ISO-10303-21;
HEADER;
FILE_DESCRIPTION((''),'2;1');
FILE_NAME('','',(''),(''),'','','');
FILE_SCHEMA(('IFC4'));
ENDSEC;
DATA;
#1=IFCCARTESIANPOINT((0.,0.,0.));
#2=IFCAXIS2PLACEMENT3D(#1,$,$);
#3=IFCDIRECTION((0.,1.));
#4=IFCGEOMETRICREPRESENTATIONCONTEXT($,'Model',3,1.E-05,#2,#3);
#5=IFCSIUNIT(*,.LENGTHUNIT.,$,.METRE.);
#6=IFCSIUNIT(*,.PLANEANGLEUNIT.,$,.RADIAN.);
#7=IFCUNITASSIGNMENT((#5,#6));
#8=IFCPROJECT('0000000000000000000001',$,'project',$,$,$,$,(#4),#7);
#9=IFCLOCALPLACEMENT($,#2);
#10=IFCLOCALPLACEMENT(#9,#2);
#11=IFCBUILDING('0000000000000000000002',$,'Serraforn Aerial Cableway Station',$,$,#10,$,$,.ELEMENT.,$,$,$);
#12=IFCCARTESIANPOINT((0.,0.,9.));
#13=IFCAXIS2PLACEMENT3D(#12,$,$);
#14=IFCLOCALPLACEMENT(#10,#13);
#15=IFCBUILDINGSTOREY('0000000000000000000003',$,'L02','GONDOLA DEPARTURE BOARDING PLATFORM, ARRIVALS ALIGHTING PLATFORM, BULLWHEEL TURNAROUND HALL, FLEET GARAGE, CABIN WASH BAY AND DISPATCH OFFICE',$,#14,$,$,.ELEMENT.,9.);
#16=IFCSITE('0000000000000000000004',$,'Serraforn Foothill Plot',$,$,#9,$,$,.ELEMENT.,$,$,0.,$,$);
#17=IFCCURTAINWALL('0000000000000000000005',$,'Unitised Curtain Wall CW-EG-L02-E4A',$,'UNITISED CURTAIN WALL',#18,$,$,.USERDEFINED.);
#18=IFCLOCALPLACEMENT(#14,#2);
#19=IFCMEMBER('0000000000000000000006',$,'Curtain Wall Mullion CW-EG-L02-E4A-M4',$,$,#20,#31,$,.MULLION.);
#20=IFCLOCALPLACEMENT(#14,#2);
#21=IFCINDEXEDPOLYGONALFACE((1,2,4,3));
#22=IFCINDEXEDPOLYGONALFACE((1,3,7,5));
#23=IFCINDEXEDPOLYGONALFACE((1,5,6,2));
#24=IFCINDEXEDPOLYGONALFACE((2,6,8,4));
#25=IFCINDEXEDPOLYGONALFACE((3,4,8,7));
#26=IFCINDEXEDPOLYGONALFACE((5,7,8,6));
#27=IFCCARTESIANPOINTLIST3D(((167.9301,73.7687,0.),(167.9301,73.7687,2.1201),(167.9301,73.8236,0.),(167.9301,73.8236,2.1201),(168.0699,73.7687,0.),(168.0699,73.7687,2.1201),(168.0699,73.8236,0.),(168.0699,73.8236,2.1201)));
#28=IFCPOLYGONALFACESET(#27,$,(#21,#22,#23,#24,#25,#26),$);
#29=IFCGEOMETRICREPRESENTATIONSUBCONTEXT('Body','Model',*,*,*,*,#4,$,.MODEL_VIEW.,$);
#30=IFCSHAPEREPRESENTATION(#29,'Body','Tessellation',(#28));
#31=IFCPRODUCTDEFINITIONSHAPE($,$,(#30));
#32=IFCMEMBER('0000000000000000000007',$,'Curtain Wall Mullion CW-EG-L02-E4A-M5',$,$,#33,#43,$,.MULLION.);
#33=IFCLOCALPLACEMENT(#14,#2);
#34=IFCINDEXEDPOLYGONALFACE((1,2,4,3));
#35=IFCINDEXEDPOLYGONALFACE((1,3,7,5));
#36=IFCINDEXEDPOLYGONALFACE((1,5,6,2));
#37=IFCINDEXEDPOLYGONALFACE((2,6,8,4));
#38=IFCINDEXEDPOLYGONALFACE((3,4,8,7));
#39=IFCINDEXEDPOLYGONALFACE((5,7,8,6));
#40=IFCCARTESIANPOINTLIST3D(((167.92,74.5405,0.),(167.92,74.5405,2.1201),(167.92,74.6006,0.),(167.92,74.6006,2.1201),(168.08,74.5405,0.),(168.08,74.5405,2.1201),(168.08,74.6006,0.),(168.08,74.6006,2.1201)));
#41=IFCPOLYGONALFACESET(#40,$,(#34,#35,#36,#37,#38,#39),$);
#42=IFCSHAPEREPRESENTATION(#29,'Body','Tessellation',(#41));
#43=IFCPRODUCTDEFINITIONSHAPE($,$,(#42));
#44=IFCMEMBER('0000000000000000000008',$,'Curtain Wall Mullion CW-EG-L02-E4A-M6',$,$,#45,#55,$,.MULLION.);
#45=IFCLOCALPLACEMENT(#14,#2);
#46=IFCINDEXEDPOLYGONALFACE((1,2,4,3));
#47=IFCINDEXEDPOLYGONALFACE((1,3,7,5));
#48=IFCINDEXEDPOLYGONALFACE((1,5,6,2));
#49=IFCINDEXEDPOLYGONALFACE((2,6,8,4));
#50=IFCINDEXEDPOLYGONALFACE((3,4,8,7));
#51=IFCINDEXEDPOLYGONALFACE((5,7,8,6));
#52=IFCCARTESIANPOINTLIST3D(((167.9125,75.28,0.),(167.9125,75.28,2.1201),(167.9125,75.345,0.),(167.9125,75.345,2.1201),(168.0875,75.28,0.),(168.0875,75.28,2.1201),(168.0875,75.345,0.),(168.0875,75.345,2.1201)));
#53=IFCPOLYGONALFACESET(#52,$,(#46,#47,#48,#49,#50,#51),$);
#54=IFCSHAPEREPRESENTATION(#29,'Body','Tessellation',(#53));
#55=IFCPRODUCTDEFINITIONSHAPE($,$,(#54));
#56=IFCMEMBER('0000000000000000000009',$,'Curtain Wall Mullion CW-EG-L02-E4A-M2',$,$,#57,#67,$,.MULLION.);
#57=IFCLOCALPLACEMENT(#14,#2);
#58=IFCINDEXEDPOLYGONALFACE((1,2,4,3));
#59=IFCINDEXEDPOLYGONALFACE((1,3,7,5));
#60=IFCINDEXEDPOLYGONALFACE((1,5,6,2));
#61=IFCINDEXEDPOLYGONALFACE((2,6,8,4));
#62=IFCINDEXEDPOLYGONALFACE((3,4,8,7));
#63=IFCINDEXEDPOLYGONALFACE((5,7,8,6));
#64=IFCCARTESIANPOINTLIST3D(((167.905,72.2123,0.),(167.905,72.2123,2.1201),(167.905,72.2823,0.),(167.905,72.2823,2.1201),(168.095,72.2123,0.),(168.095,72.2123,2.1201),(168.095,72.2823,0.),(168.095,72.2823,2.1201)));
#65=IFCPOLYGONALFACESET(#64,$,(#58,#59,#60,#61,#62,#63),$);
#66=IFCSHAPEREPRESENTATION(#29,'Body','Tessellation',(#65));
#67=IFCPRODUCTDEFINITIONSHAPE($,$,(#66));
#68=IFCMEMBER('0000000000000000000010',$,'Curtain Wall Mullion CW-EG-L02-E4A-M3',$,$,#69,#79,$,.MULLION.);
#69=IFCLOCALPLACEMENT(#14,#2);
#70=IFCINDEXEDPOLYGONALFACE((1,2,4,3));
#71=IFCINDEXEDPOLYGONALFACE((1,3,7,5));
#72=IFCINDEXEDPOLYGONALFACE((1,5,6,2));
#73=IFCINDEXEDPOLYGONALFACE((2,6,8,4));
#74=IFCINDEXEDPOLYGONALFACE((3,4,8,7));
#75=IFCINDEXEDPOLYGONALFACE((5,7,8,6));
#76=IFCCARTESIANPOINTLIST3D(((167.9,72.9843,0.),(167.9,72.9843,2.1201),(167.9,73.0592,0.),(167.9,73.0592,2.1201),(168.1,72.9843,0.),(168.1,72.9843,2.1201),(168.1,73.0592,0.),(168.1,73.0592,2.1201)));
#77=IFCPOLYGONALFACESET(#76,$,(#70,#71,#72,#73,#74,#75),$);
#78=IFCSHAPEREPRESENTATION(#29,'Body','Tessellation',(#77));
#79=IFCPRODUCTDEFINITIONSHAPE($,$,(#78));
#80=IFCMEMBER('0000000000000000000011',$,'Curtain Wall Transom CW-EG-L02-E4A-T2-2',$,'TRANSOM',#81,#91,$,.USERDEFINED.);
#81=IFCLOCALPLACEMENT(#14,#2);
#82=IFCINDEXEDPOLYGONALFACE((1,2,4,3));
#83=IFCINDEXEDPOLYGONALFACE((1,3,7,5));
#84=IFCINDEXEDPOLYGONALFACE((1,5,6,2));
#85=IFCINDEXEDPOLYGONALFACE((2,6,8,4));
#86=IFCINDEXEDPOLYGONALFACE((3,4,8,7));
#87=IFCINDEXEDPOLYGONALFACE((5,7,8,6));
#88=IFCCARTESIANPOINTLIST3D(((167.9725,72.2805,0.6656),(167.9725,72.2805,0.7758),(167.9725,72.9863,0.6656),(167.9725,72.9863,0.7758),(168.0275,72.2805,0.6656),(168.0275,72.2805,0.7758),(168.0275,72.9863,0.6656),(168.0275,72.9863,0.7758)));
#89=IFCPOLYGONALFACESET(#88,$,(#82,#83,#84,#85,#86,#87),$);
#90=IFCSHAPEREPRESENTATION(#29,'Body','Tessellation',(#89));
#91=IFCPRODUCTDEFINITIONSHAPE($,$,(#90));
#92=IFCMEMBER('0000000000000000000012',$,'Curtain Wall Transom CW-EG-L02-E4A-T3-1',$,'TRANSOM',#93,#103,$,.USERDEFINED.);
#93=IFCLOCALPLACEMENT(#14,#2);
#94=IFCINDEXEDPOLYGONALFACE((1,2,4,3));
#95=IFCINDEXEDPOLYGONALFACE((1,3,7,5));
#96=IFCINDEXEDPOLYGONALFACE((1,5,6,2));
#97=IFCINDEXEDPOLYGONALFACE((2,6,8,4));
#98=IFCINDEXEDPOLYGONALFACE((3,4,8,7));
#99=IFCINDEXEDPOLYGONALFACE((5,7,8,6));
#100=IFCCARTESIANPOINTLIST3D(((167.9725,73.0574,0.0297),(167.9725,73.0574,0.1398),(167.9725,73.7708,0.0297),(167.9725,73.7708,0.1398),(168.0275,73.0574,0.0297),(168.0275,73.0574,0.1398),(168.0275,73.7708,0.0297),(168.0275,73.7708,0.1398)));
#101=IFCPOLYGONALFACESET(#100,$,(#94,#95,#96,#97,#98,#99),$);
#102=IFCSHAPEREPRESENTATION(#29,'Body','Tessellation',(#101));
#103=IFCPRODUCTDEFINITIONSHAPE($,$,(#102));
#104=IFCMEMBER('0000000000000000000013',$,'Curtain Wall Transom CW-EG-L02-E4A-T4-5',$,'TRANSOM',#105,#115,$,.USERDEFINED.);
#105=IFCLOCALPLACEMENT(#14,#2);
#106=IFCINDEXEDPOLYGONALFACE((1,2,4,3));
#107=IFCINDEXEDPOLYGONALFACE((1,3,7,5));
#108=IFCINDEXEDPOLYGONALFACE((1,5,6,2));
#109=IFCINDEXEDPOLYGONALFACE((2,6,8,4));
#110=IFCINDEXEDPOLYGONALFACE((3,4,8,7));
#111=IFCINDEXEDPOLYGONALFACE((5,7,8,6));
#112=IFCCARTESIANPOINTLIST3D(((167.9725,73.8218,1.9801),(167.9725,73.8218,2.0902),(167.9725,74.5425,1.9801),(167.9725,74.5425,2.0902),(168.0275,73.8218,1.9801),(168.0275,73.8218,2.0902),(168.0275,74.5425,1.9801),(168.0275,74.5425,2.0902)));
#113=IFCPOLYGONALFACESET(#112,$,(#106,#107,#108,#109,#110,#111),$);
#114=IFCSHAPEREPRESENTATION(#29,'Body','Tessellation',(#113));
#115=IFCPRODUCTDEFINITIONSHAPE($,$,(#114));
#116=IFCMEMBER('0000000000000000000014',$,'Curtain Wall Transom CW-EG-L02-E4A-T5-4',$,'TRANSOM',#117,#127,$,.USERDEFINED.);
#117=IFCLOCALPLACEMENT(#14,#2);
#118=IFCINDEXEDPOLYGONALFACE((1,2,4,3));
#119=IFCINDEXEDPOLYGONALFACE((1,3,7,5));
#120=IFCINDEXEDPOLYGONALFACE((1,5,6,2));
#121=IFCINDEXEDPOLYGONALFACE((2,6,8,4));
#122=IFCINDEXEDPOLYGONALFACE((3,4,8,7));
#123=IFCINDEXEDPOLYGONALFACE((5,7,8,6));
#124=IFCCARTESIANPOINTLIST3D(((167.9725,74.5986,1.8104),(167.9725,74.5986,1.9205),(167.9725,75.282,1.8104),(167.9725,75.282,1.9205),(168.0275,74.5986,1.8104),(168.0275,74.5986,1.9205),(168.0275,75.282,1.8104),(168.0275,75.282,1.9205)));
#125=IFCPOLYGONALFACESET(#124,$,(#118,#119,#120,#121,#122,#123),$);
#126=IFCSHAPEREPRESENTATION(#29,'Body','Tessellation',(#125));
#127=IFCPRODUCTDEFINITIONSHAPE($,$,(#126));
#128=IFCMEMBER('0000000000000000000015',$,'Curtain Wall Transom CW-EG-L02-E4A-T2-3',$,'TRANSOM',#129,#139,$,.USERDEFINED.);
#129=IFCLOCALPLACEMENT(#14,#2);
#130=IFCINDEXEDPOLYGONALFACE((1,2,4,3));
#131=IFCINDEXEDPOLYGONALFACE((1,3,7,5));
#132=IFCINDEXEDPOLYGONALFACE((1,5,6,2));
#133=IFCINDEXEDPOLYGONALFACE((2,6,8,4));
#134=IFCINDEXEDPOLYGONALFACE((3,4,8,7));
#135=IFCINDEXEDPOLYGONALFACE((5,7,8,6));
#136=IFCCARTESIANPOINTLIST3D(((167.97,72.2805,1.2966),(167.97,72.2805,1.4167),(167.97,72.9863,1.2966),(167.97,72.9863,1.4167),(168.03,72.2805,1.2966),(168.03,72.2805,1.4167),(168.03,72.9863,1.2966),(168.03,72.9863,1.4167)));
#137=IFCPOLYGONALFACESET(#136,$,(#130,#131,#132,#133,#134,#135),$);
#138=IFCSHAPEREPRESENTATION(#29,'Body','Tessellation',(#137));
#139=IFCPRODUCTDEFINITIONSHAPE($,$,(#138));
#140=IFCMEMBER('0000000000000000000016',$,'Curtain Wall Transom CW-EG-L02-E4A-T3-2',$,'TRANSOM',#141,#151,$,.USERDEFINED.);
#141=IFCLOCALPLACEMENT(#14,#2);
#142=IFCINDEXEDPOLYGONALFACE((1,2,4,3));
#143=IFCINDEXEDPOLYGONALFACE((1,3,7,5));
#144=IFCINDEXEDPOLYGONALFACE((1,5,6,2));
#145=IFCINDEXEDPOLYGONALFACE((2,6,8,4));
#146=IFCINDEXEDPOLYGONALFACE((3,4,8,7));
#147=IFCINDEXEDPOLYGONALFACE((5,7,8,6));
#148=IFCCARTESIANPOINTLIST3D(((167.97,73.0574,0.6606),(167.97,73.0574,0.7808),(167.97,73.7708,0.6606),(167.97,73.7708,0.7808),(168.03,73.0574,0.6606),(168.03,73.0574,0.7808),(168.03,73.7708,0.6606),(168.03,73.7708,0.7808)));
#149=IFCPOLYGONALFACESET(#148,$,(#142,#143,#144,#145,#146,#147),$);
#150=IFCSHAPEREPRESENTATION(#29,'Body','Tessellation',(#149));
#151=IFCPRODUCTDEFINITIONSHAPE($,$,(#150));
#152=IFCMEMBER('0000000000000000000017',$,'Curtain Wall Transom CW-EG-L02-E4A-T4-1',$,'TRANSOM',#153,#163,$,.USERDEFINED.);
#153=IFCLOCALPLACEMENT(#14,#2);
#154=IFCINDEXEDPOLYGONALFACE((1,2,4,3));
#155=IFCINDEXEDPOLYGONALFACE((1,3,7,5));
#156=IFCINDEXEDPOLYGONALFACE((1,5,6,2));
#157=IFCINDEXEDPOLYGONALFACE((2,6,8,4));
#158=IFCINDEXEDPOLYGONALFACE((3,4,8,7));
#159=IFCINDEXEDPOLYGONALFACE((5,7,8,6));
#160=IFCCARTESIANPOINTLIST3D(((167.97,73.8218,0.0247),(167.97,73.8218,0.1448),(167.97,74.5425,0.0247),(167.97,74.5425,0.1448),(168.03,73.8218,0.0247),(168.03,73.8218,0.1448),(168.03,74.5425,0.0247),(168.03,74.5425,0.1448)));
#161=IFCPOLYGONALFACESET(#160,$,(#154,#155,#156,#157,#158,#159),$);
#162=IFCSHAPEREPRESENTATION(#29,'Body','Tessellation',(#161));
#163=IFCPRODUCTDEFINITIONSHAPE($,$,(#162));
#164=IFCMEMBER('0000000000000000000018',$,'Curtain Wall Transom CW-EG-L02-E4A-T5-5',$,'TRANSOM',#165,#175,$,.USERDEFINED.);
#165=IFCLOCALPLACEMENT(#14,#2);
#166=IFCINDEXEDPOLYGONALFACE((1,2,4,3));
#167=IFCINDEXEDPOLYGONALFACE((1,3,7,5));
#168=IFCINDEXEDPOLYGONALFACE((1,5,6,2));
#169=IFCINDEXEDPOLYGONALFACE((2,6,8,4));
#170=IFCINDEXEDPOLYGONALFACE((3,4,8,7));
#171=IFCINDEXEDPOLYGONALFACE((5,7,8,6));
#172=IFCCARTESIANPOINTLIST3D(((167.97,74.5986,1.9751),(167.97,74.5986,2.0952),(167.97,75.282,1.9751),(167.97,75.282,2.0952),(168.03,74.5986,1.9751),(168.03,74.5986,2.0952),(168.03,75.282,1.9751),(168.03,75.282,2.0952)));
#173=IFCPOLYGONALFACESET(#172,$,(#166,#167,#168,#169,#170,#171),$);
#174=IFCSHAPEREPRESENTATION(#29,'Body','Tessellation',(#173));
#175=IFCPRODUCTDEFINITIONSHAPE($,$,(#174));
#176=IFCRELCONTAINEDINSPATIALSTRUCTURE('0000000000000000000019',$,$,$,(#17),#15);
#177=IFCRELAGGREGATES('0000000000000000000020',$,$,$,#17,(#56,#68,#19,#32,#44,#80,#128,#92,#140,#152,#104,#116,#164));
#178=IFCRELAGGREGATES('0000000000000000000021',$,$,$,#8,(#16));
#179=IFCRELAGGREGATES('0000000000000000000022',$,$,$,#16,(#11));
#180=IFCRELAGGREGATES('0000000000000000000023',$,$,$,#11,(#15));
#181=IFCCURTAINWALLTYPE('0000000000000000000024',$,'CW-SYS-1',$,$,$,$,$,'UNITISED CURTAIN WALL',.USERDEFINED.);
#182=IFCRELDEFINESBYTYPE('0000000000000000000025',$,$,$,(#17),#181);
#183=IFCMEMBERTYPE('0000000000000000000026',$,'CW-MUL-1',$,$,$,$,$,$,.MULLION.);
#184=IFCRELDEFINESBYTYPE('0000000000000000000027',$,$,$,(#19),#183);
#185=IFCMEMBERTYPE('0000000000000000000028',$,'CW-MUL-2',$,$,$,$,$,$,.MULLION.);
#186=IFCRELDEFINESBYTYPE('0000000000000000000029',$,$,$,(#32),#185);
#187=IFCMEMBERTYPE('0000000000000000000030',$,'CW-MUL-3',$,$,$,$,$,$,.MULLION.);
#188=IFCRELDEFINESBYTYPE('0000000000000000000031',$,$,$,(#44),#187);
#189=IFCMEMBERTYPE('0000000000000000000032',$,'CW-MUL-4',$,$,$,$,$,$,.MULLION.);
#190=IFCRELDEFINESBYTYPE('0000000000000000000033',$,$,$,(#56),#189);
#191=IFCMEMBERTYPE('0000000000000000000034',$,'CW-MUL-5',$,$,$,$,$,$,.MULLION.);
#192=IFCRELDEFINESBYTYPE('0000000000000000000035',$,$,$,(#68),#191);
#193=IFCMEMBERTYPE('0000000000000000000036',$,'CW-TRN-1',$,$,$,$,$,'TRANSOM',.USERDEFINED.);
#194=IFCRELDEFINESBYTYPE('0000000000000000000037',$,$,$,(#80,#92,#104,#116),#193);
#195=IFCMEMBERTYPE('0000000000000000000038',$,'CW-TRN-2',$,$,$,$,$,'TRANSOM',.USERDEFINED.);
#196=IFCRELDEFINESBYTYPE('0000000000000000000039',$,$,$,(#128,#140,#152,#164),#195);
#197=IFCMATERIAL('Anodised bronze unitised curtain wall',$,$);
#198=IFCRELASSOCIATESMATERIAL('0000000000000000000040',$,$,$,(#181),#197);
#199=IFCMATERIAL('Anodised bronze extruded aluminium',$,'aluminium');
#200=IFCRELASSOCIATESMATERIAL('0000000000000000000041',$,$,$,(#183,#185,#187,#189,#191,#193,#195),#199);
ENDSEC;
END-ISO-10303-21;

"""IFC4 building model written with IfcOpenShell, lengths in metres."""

from ifc_helpers import new_model, si_unit, direction, frame, origin, origin_2d, place, context, subcontext, project, spatial, rectangle, extrude, material, material_profile, profile_set, type_object, element, aggregate, save


model = new_model("IFC4")

# Units and contexts
model_context = context("Model", 3, precision=1e-05, world=origin(), true_north=direction((0.0, 1.0)))
body_context = subcontext(model_context, "Body", "Model", "MODEL_VIEW")
ifc_project = project(units=[si_unit("LENGTHUNIT", "METRE"), si_unit("PLANEANGLEUNIT", "RADIAN")], contexts=[model_context])

# Site, building, storey
site_placement = place(None, origin())
site = spatial("IfcSite", under=ifc_project, at=site_placement, Name="Serraforn Foothill Plot", CompositionType="ELEMENT", RefElevation=0.0)
building_placement = place(site_placement, origin())
building = spatial("IfcBuilding", under=site, at=building_placement, Name="Serraforn Aerial Cableway Station", CompositionType="ELEMENT")
storey_placement = place(building_placement, frame((0.0, 0.0, 9.0)))
storey = spatial("IfcBuildingStorey", under=building, at=storey_placement, Name="L02", Description="GONDOLA DEPARTURE BOARDING PLATFORM, ARRIVALS ALIGHTING PLATFORM, BULLWHEEL TURNAROUND HALL, FLEET GARAGE, CABIN WASH BAY AND DISPATCH OFFICE", CompositionType="ELEMENT", Elevation=9.0)

# Curtain wall, members
ifc_material_1 = material(Name="Anodised bronze unitised curtain wall")
curtain_wall_type = type_object("IfcCurtainWallType", Name="CW-SYS-1", ElementType="UNITISED CURTAIN WALL", PredefinedType="USERDEFINED", material=ifc_material_1)
curtain_wall_placement = place(storey_placement, origin())
curtain_wall = element("IfcCurtainWall", 1, at=curtain_wall_placement, inside=storey, type_object=curtain_wall_type, Name="Unitised Curtain Wall CW-EG-L02-E4A", ObjectType="UNITISED CURTAIN WALL", PredefinedType="USERDEFINED")
ifc_material_2 = material(Name="Anodised bronze extruded aluminium", Category="aluminium")
ifc_material_profile_1 = material_profile(ifc_material_2, rectangle(XDim=0.0549, YDim=0.1399, at=origin_2d()), Name="CW MULLION 55x140")
ifc_profile_set_1 = profile_set([ifc_material_profile_1], Name="Anodised bronze extruded aluminium")
member_type_1 = type_object("IfcMemberType", Name="CW-MUL-1", PredefinedType="MULLION", material=ifc_profile_set_1)
member_1_placement = place(storey_placement, frame((168.0, 73.7961, 0.0), z_axis=(0.0, 0.0, 1.0), x_axis=(0.0, 1.0, 0.0)))
member_1 = element("IfcMember", 2, at=member_1_placement, type_object=member_type_1, Name="Curtain Wall Mullion CW-EG-L02-E4A-M4", PredefinedType="MULLION", context=body_context, shape_type="SweptSolid", body=[
    extrude(rectangle(XDim=0.0549, YDim=0.1399, at=origin_2d()), origin(), (0.0, 0.0, 1.0), 2.1201),
])
ifc_material_profile_2 = material_profile(ifc_material_2, rectangle(XDim=0.0601, YDim=0.1599, at=origin_2d()), Name="CW MULLION 60x160")
ifc_profile_set_2 = profile_set([ifc_material_profile_2], Name="Anodised bronze extruded aluminium")
member_type_2 = type_object("IfcMemberType", Name="CW-MUL-2", PredefinedType="MULLION", material=ifc_profile_set_2)
member_2_placement = place(storey_placement, frame((168.0, 74.5706, 0.0), z_axis=(0.0, 0.0, 1.0), x_axis=(0.0, 1.0, 0.0)))
member_2 = element("IfcMember", 3, at=member_2_placement, type_object=member_type_2, Name="Curtain Wall Mullion CW-EG-L02-E4A-M5", PredefinedType="MULLION", context=body_context, shape_type="SweptSolid", body=[
    extrude(rectangle(XDim=0.0601, YDim=0.1599, at=origin_2d()), origin(), (0.0, 0.0, 1.0), 2.1201),
])
ifc_material_profile_3 = material_profile(ifc_material_2, rectangle(XDim=0.0649, YDim=0.175, at=origin_2d()), Name="CW MULLION 65x175")
ifc_profile_set_3 = profile_set([ifc_material_profile_3], Name="Anodised bronze extruded aluminium")
member_type_3 = type_object("IfcMemberType", Name="CW-MUL-3", PredefinedType="MULLION", material=ifc_profile_set_3)
member_3_placement = place(storey_placement, frame((168.0, 75.3125, 0.0), z_axis=(0.0, 0.0, 1.0), x_axis=(0.0, 1.0, 0.0)))
member_3 = element("IfcMember", 4, at=member_3_placement, type_object=member_type_3, Name="Curtain Wall Mullion CW-EG-L02-E4A-M6", PredefinedType="MULLION", context=body_context, shape_type="SweptSolid", body=[
    extrude(rectangle(XDim=0.0649, YDim=0.175, at=origin_2d()), origin(), (0.0, 0.0, 1.0), 2.1201),
])
ifc_material_profile_4 = material_profile(ifc_material_2, rectangle(XDim=0.0701, YDim=0.1899, at=origin_2d()), Name="CW MULLION 70x190")
ifc_profile_set_4 = profile_set([ifc_material_profile_4], Name="Anodised bronze extruded aluminium")
member_type_4 = type_object("IfcMemberType", Name="CW-MUL-4", PredefinedType="MULLION", material=ifc_profile_set_4)
member_4_placement = place(storey_placement, frame((168.0, 72.2473, 0.0), z_axis=(0.0, 0.0, 1.0), x_axis=(0.0, 1.0, 0.0)))
member_4 = element("IfcMember", 5, at=member_4_placement, type_object=member_type_4, Name="Curtain Wall Mullion CW-EG-L02-E4A-M2", PredefinedType="MULLION", context=body_context, shape_type="SweptSolid", body=[
    extrude(rectangle(XDim=0.0701, YDim=0.1899, at=origin_2d()), origin(), (0.0, 0.0, 1.0), 2.1201),
])
ifc_material_profile_5 = material_profile(ifc_material_2, rectangle(XDim=0.075, YDim=0.2, at=origin_2d()), Name="CW MULLION 75x200")
ifc_profile_set_5 = profile_set([ifc_material_profile_5], Name="Anodised bronze extruded aluminium")
member_type_5 = type_object("IfcMemberType", Name="CW-MUL-5", PredefinedType="MULLION", material=ifc_profile_set_5)
member_5_placement = place(storey_placement, frame((168.0, 73.0217, 0.0), z_axis=(0.0, 0.0, 1.0), x_axis=(0.0, 1.0, 0.0)))
member_5 = element("IfcMember", 6, at=member_5_placement, type_object=member_type_5, Name="Curtain Wall Mullion CW-EG-L02-E4A-M3", PredefinedType="MULLION", context=body_context, shape_type="SweptSolid", body=[
    extrude(rectangle(XDim=0.075, YDim=0.2, at=origin_2d()), origin(), (0.0, 0.0, 1.0), 2.1201),
])
ifc_material_profile_6 = material_profile(ifc_material_2, rectangle(XDim=0.0549, YDim=0.1101, at=origin_2d()), Name="CW TRANSOM 55x110")
ifc_profile_set_6 = profile_set([ifc_material_profile_6], Name="Anodised bronze extruded aluminium")
member_type_6 = type_object("IfcMemberType", Name="CW-TRN-1", ElementType="TRANSOM", PredefinedType="USERDEFINED", material=ifc_profile_set_6)
member_6_placement = place(storey_placement, frame((168.0, 72.2805, 0.7207), z_axis=(0.0, 1.0, 0.0), x_axis=(-1.0, 0.0, 0.0)))
member_6 = element("IfcMember", 7, at=member_6_placement, type_object=member_type_6, Name="Curtain Wall Transom CW-EG-L02-E4A-T2-2", ObjectType="TRANSOM", PredefinedType="USERDEFINED", context=body_context, shape_type="SweptSolid", body=[
    extrude(rectangle(XDim=0.0549, YDim=0.1101, at=origin_2d()), origin(), (0.0, 0.0, 1.0), 0.7058),
])
member_7_placement = place(storey_placement, frame((168.0, 73.0574, 0.0847), z_axis=(0.0, 1.0, 0.0), x_axis=(-1.0, 0.0, 0.0)))
member_7 = element("IfcMember", 8, at=member_7_placement, type_object=member_type_6, Name="Curtain Wall Transom CW-EG-L02-E4A-T3-1", ObjectType="TRANSOM", PredefinedType="USERDEFINED", context=body_context, shape_type="SweptSolid", body=[
    extrude(rectangle(XDim=0.0549, YDim=0.1101, at=origin_2d()), origin(), (0.0, 0.0, 1.0), 0.7134),
])
member_8_placement = place(storey_placement, frame((168.0, 73.8218, 2.0352), z_axis=(0.0, 1.0, 0.0), x_axis=(-1.0, 0.0, 0.0)))
member_8 = element("IfcMember", 9, at=member_8_placement, type_object=member_type_6, Name="Curtain Wall Transom CW-EG-L02-E4A-T4-5", ObjectType="TRANSOM", PredefinedType="USERDEFINED", context=body_context, shape_type="SweptSolid", body=[
    extrude(rectangle(XDim=0.0549, YDim=0.1101, at=origin_2d()), origin(), (0.0, 0.0, 1.0), 0.7207),
])
member_9_placement = place(storey_placement, frame((168.0, 74.5986, 1.8655), z_axis=(0.0, 1.0, 0.0), x_axis=(-1.0, 0.0, 0.0)))
member_9 = element("IfcMember", 10, at=member_9_placement, type_object=member_type_6, Name="Curtain Wall Transom CW-EG-L02-E4A-T5-4", ObjectType="TRANSOM", PredefinedType="USERDEFINED", context=body_context, shape_type="SweptSolid", body=[
    extrude(rectangle(XDim=0.0549, YDim=0.1101, at=origin_2d()), origin(), (0.0, 0.0, 1.0), 0.6833),
])
ifc_material_profile_7 = material_profile(ifc_material_2, rectangle(XDim=0.0601, YDim=0.1201, at=origin_2d()), Name="CW TRANSOM 60x120")
ifc_profile_set_7 = profile_set([ifc_material_profile_7], Name="Anodised bronze extruded aluminium")
member_type_7 = type_object("IfcMemberType", Name="CW-TRN-2", ElementType="TRANSOM", PredefinedType="USERDEFINED", material=ifc_profile_set_7)
member_10_placement = place(storey_placement, frame((168.0, 72.2805, 1.3567), z_axis=(0.0, 1.0, 0.0), x_axis=(-1.0, 0.0, 0.0)))
member_10 = element("IfcMember", 11, at=member_10_placement, type_object=member_type_7, Name="Curtain Wall Transom CW-EG-L02-E4A-T2-3", ObjectType="TRANSOM", PredefinedType="USERDEFINED", context=body_context, shape_type="SweptSolid", body=[
    extrude(rectangle(XDim=0.0601, YDim=0.1201, at=origin_2d()), origin(), (0.0, 0.0, 1.0), 0.7058),
])
member_11_placement = place(storey_placement, frame((168.0, 73.0574, 0.7207), z_axis=(0.0, 1.0, 0.0), x_axis=(-1.0, 0.0, 0.0)))
member_11 = element("IfcMember", 12, at=member_11_placement, type_object=member_type_7, Name="Curtain Wall Transom CW-EG-L02-E4A-T3-2", ObjectType="TRANSOM", PredefinedType="USERDEFINED", context=body_context, shape_type="SweptSolid", body=[
    extrude(rectangle(XDim=0.0601, YDim=0.1201, at=origin_2d()), origin(), (0.0, 0.0, 1.0), 0.7134),
])
member_12_placement = place(storey_placement, frame((168.0, 73.8218, 0.0847), z_axis=(0.0, 1.0, 0.0), x_axis=(-1.0, 0.0, 0.0)))
member_12 = element("IfcMember", 13, at=member_12_placement, type_object=member_type_7, Name="Curtain Wall Transom CW-EG-L02-E4A-T4-1", ObjectType="TRANSOM", PredefinedType="USERDEFINED", context=body_context, shape_type="SweptSolid", body=[
    extrude(rectangle(XDim=0.0601, YDim=0.1201, at=origin_2d()), origin(), (0.0, 0.0, 1.0), 0.7207),
])
member_13_placement = place(storey_placement, frame((168.0, 74.5986, 2.0352), z_axis=(0.0, 1.0, 0.0), x_axis=(-1.0, 0.0, 0.0)))
member_13 = element("IfcMember", 14, at=member_13_placement, type_object=member_type_7, Name="Curtain Wall Transom CW-EG-L02-E4A-T5-5", ObjectType="TRANSOM", PredefinedType="USERDEFINED", context=body_context, shape_type="SweptSolid", body=[
    extrude(rectangle(XDim=0.0601, YDim=0.1201, at=origin_2d()), origin(), (0.0, 0.0, 1.0), 0.6833),
])
aggregate(curtain_wall, [member_4, member_5, member_1, member_2, member_3, member_6, member_10, member_7, member_11, member_12, member_8, member_9, member_13])

save(model, "model.ifc")
